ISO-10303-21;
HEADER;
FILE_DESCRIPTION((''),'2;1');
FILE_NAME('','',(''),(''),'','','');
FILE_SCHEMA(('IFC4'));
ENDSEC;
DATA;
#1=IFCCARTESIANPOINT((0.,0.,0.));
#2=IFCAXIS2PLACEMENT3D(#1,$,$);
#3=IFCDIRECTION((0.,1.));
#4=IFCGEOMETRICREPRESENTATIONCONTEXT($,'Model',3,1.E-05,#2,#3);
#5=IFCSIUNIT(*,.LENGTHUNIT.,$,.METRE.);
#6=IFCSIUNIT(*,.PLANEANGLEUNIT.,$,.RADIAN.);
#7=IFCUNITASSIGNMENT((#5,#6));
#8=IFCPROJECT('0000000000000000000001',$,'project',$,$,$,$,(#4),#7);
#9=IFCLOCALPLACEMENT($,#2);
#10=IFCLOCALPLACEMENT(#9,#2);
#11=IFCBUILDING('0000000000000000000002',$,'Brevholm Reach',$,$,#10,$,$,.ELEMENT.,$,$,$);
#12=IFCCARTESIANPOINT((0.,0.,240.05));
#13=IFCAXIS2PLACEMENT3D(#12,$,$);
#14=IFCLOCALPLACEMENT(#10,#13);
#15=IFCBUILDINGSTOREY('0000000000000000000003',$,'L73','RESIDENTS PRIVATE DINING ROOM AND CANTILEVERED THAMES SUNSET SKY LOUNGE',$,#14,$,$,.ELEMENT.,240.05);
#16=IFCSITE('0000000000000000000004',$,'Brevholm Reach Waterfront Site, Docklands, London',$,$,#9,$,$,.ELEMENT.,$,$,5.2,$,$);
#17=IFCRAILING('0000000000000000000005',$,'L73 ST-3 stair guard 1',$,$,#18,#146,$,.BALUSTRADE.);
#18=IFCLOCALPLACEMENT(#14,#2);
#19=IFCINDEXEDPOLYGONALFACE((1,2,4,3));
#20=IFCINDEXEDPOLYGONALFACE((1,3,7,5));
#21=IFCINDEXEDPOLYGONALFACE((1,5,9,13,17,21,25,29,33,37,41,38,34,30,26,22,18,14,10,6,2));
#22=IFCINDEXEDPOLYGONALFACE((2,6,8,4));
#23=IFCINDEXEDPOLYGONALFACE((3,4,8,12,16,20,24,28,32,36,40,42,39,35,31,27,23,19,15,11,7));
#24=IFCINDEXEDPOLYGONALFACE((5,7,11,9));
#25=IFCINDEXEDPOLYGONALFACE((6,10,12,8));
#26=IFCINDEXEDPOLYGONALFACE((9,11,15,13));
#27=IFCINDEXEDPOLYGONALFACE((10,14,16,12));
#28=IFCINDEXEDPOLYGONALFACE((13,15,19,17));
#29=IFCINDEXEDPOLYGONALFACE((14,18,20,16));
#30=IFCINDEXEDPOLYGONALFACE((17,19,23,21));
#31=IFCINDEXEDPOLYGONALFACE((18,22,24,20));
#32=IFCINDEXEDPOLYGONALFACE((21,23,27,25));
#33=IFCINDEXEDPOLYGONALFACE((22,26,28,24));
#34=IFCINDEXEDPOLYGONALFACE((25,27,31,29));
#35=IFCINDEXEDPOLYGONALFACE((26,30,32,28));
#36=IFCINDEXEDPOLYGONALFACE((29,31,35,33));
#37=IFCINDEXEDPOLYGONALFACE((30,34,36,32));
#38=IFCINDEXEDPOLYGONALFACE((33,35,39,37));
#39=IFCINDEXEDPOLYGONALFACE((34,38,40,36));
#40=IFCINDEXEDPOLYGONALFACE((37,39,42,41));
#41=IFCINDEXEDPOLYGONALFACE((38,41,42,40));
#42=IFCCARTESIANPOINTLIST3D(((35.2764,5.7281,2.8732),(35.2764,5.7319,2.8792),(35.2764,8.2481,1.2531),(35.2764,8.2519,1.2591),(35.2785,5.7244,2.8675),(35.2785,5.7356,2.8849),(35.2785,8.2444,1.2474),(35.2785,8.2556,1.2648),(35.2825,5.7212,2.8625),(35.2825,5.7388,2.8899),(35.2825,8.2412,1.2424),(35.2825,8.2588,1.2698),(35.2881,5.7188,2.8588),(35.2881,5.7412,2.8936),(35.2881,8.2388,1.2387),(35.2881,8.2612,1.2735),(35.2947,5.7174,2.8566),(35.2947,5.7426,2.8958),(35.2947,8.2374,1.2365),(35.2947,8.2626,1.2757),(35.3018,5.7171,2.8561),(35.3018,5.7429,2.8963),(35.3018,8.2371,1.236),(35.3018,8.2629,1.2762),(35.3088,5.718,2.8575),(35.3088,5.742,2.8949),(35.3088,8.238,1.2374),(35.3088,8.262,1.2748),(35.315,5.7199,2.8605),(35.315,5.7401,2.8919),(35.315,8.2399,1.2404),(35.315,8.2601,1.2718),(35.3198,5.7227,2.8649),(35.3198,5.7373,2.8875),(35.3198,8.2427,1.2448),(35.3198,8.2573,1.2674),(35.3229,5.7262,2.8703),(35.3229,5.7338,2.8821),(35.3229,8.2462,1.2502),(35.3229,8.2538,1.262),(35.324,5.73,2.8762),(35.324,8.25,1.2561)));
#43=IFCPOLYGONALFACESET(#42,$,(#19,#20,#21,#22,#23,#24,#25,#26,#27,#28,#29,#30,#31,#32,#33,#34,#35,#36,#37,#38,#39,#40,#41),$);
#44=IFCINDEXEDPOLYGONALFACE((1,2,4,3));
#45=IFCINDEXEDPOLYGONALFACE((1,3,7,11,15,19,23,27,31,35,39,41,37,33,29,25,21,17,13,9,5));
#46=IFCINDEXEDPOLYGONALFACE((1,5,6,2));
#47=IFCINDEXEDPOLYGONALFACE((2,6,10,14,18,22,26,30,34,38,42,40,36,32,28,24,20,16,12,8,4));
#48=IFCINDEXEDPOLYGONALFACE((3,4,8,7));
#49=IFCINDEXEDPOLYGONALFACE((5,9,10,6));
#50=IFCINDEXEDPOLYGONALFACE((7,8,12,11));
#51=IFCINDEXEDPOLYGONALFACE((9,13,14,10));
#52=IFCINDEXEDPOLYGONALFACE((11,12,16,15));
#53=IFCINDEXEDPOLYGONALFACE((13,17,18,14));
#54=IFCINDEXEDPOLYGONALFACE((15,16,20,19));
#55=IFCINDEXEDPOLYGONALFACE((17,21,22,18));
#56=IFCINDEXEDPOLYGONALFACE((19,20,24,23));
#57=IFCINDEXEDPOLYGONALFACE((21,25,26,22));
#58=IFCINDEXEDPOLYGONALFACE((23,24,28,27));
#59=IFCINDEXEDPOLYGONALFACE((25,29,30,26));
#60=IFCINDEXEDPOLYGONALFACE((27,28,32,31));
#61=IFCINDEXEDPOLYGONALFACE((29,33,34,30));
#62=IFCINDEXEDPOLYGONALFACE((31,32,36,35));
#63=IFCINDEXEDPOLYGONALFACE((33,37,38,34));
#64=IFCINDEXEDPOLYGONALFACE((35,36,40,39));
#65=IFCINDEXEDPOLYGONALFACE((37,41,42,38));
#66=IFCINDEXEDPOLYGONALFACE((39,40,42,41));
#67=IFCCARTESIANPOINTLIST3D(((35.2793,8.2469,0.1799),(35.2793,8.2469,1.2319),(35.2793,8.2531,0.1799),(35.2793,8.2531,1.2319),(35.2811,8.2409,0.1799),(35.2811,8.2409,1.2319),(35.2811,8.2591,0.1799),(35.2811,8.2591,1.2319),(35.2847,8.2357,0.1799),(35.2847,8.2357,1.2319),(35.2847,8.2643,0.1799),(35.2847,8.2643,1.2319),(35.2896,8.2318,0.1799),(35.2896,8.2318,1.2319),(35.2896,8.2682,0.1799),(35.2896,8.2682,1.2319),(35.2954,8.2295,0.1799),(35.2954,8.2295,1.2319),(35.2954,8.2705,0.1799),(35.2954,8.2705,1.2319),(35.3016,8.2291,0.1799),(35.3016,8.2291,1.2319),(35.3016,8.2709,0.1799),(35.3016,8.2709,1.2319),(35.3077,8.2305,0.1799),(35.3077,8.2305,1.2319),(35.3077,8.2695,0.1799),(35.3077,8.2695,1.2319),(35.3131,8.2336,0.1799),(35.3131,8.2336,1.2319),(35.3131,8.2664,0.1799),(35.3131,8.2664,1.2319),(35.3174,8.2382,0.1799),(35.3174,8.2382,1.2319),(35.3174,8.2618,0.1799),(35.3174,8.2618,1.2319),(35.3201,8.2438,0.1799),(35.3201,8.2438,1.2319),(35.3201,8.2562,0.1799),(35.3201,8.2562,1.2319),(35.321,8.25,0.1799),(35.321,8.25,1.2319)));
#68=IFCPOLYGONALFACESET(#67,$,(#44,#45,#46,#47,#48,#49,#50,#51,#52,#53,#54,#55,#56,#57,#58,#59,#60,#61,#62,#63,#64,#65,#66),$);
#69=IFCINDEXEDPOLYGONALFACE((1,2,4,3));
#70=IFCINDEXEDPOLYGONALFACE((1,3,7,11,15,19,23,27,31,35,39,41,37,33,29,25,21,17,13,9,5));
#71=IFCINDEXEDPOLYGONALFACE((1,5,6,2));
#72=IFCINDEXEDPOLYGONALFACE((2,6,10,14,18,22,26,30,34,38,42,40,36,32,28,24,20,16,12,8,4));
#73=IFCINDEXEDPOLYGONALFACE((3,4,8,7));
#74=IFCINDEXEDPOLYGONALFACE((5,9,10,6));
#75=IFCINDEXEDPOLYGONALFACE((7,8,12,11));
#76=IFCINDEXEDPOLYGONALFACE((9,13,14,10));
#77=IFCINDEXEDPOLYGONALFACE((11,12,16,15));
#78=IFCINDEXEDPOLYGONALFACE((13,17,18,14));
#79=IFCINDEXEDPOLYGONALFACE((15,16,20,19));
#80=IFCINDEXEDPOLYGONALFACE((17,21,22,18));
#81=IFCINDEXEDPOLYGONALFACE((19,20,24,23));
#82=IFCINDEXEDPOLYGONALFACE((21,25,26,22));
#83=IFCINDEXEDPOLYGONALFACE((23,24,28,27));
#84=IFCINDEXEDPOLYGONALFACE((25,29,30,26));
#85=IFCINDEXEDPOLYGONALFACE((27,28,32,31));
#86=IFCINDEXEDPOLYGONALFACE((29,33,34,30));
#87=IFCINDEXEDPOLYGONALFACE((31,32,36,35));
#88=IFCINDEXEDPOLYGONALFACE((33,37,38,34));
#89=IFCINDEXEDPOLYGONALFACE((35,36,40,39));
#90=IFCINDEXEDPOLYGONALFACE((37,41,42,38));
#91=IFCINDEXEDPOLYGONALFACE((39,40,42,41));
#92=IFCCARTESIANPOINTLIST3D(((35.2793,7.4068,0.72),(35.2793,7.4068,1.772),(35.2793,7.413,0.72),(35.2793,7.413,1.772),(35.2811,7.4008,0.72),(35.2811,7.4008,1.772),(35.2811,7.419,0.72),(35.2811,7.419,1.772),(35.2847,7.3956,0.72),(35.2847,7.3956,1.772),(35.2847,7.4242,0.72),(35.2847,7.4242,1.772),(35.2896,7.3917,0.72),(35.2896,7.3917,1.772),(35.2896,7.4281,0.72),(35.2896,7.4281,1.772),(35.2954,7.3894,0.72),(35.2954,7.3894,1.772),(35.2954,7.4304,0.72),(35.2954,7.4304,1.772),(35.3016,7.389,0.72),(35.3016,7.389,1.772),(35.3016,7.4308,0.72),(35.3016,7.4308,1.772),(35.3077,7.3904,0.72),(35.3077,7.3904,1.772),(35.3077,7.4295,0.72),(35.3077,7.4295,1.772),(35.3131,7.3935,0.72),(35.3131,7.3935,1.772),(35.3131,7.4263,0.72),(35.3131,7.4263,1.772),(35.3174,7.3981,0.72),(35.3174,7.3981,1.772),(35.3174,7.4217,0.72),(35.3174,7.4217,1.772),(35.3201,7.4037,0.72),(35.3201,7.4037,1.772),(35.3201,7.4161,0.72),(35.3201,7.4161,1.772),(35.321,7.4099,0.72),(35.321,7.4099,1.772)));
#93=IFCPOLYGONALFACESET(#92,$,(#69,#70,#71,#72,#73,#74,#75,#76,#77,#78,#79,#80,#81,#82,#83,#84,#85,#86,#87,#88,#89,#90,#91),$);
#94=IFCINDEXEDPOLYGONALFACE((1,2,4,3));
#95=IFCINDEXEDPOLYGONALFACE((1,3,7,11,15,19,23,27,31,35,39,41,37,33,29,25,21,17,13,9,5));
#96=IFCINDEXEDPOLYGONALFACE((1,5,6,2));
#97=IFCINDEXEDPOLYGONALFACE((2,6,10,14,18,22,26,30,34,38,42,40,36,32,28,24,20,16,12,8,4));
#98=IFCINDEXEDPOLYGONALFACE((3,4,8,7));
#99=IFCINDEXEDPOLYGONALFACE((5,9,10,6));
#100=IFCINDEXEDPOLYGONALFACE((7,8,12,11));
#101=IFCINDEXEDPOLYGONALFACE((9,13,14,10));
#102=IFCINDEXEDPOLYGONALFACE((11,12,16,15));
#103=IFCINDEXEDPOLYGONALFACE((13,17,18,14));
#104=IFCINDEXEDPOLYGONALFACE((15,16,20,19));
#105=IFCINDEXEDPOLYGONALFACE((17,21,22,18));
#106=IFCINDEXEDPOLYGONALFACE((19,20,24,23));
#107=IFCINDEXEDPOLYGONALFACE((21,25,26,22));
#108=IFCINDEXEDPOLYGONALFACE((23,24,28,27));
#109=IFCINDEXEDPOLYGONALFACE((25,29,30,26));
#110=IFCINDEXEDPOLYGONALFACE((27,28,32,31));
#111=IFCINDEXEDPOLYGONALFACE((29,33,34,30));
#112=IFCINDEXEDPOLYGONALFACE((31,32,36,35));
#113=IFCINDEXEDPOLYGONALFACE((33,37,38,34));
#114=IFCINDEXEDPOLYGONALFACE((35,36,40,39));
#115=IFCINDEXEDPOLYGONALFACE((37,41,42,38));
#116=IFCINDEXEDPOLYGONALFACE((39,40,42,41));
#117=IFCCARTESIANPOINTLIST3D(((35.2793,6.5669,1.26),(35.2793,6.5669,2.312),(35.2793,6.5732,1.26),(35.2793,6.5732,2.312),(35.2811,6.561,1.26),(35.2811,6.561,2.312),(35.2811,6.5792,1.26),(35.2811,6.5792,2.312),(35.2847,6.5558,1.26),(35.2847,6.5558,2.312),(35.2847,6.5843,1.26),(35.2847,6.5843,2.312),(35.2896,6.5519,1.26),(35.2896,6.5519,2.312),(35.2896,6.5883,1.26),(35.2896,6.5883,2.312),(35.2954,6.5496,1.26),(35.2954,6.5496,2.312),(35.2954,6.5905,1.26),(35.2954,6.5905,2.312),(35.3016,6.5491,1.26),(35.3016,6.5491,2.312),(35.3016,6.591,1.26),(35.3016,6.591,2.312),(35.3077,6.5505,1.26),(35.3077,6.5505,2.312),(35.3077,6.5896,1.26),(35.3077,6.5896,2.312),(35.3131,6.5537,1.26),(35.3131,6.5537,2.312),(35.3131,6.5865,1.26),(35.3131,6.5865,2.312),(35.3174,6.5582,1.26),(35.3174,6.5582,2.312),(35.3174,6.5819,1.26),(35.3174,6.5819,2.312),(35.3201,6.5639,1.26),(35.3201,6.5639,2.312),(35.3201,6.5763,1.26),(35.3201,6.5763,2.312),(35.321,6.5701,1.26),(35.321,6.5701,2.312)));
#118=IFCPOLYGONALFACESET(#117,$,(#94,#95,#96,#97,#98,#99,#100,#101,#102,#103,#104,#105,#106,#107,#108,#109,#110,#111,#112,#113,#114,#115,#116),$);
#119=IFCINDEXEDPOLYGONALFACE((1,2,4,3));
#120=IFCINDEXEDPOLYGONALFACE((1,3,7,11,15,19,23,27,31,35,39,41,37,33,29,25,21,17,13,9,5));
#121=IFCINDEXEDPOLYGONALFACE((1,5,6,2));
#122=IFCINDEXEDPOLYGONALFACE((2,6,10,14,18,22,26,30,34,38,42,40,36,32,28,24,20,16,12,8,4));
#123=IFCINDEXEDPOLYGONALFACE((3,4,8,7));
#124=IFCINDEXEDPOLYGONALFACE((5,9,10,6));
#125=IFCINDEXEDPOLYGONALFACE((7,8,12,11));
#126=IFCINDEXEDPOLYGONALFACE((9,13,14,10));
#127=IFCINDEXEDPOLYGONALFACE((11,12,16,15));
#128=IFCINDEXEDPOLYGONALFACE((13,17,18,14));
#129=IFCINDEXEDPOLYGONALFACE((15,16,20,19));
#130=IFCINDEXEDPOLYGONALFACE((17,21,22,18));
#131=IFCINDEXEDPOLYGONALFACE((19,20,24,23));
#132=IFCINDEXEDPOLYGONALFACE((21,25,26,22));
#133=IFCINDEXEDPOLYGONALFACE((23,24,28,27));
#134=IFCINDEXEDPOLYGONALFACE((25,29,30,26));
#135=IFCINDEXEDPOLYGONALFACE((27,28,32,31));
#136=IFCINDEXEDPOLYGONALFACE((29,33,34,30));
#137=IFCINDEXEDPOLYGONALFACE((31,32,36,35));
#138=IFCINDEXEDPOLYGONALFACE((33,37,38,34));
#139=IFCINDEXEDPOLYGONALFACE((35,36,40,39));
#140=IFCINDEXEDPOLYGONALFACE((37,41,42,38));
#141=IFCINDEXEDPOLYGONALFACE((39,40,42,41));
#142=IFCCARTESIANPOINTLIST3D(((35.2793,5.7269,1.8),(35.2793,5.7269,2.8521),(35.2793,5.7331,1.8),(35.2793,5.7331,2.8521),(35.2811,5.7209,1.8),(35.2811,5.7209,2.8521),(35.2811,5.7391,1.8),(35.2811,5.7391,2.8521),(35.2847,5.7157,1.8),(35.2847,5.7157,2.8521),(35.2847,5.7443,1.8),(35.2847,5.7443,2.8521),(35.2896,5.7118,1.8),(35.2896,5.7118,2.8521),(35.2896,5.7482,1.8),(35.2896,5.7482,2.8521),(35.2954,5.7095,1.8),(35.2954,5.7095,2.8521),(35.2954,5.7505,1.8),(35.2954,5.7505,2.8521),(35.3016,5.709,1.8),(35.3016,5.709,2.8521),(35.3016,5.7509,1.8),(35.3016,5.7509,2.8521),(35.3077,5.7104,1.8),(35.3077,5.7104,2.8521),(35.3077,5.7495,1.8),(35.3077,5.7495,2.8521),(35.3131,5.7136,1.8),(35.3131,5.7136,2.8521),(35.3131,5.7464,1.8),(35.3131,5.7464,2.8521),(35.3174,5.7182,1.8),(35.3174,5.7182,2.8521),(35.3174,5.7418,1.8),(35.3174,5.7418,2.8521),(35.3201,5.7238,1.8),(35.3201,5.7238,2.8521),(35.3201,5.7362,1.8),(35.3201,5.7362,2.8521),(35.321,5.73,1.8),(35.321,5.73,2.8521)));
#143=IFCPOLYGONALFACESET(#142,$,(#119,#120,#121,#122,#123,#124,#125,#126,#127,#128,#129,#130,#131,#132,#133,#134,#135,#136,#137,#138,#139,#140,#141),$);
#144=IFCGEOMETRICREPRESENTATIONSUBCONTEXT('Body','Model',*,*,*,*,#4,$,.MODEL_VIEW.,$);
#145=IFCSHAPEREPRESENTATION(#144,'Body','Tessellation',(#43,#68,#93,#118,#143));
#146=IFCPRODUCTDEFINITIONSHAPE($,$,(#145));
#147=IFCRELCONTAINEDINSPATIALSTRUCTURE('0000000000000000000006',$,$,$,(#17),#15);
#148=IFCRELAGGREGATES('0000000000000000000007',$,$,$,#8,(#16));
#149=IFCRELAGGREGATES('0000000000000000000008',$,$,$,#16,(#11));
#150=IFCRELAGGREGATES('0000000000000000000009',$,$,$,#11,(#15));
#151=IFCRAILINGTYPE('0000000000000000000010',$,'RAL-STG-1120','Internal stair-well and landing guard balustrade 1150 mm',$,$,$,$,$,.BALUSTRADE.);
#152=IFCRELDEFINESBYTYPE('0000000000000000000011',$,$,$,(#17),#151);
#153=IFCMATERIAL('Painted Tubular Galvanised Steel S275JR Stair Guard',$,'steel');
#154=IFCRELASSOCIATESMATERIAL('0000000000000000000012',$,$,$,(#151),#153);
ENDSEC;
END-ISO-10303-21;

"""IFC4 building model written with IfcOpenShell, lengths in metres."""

from ifc_helpers import new_model, si_unit, direction, frame, origin, origin_2d, place, context, subcontext, project, spatial, circle, extrude, material, type_object, element, save


model = new_model("IFC4")

# Units and contexts
model_context = context("Model", 3, precision=1e-05, world=origin(), true_north=direction((0.0, 1.0)))
body_context = subcontext(model_context, "Body", "Model", "MODEL_VIEW")
ifc_project = project(units=[si_unit("LENGTHUNIT", "METRE"), si_unit("PLANEANGLEUNIT", "RADIAN")], contexts=[model_context])

# Site, building, storey
site_placement = place(None, origin())
site = spatial("IfcSite", under=ifc_project, at=site_placement, Name="Brevholm Reach Waterfront Site, Docklands, London", CompositionType="ELEMENT", RefElevation=5.2)
building_placement = place(site_placement, origin())
building = spatial("IfcBuilding", under=site, at=building_placement, Name="Brevholm Reach", CompositionType="ELEMENT")
storey_placement = place(building_placement, frame((0.0, 0.0, 240.05)))
storey = spatial("IfcBuildingStorey", under=building, at=storey_placement, Name="L73", Description="RESIDENTS PRIVATE DINING ROOM AND CANTILEVERED THAMES SUNSET SKY LOUNGE", CompositionType="ELEMENT", Elevation=240.05)

# Railing
ifc_material_1 = material(Name="Painted Tubular Galvanised Steel S275JR Stair Guard", Category="steel")
railing_type_1 = type_object("IfcRailingType", Name="RAL-STG-1120", Description="Internal stair-well and landing guard balustrade 1150 mm", PredefinedType="BALUSTRADE", material=ifc_material_1)
railing_1_placement = place(storey_placement, frame((35.3, 8.25, 0.1799)))
element("IfcRailing", 1, at=railing_1_placement, inside=storey, type_object=railing_type_1, Name="L73 ST-3 stair guard 1", PredefinedType="BALUSTRADE", context=body_context, shape_type="SweptSolid", body=[
    extrude(circle(Radius=0.0239, at=origin_2d()), frame((0.0, 0.0, 1.0762), z_axis=(0.0, -0.841163, 0.540782), x_axis=(1.0, 0.0, 0.0)), (0.0, 0.0, 1.0), 2.9958),
    extrude(circle(Radius=0.021, at=origin_2d()), origin(), (0.0, 0.0, 1.0), 1.052),
    extrude(circle(Radius=0.021, at=origin_2d()), frame((0.0, -0.8401, 0.54)), (0.0, 0.0, 1.0), 1.052),
    extrude(circle(Radius=0.021, at=origin_2d()), frame((0.0, -1.6799, 1.0801)), (0.0, 0.0, 1.0), 1.052),
    extrude(circle(Radius=0.021, at=origin_2d()), frame((0.0, -2.52, 1.6201)), (0.0, 0.0, 1.0), 1.052),
])

save(model, "model.ifc")
